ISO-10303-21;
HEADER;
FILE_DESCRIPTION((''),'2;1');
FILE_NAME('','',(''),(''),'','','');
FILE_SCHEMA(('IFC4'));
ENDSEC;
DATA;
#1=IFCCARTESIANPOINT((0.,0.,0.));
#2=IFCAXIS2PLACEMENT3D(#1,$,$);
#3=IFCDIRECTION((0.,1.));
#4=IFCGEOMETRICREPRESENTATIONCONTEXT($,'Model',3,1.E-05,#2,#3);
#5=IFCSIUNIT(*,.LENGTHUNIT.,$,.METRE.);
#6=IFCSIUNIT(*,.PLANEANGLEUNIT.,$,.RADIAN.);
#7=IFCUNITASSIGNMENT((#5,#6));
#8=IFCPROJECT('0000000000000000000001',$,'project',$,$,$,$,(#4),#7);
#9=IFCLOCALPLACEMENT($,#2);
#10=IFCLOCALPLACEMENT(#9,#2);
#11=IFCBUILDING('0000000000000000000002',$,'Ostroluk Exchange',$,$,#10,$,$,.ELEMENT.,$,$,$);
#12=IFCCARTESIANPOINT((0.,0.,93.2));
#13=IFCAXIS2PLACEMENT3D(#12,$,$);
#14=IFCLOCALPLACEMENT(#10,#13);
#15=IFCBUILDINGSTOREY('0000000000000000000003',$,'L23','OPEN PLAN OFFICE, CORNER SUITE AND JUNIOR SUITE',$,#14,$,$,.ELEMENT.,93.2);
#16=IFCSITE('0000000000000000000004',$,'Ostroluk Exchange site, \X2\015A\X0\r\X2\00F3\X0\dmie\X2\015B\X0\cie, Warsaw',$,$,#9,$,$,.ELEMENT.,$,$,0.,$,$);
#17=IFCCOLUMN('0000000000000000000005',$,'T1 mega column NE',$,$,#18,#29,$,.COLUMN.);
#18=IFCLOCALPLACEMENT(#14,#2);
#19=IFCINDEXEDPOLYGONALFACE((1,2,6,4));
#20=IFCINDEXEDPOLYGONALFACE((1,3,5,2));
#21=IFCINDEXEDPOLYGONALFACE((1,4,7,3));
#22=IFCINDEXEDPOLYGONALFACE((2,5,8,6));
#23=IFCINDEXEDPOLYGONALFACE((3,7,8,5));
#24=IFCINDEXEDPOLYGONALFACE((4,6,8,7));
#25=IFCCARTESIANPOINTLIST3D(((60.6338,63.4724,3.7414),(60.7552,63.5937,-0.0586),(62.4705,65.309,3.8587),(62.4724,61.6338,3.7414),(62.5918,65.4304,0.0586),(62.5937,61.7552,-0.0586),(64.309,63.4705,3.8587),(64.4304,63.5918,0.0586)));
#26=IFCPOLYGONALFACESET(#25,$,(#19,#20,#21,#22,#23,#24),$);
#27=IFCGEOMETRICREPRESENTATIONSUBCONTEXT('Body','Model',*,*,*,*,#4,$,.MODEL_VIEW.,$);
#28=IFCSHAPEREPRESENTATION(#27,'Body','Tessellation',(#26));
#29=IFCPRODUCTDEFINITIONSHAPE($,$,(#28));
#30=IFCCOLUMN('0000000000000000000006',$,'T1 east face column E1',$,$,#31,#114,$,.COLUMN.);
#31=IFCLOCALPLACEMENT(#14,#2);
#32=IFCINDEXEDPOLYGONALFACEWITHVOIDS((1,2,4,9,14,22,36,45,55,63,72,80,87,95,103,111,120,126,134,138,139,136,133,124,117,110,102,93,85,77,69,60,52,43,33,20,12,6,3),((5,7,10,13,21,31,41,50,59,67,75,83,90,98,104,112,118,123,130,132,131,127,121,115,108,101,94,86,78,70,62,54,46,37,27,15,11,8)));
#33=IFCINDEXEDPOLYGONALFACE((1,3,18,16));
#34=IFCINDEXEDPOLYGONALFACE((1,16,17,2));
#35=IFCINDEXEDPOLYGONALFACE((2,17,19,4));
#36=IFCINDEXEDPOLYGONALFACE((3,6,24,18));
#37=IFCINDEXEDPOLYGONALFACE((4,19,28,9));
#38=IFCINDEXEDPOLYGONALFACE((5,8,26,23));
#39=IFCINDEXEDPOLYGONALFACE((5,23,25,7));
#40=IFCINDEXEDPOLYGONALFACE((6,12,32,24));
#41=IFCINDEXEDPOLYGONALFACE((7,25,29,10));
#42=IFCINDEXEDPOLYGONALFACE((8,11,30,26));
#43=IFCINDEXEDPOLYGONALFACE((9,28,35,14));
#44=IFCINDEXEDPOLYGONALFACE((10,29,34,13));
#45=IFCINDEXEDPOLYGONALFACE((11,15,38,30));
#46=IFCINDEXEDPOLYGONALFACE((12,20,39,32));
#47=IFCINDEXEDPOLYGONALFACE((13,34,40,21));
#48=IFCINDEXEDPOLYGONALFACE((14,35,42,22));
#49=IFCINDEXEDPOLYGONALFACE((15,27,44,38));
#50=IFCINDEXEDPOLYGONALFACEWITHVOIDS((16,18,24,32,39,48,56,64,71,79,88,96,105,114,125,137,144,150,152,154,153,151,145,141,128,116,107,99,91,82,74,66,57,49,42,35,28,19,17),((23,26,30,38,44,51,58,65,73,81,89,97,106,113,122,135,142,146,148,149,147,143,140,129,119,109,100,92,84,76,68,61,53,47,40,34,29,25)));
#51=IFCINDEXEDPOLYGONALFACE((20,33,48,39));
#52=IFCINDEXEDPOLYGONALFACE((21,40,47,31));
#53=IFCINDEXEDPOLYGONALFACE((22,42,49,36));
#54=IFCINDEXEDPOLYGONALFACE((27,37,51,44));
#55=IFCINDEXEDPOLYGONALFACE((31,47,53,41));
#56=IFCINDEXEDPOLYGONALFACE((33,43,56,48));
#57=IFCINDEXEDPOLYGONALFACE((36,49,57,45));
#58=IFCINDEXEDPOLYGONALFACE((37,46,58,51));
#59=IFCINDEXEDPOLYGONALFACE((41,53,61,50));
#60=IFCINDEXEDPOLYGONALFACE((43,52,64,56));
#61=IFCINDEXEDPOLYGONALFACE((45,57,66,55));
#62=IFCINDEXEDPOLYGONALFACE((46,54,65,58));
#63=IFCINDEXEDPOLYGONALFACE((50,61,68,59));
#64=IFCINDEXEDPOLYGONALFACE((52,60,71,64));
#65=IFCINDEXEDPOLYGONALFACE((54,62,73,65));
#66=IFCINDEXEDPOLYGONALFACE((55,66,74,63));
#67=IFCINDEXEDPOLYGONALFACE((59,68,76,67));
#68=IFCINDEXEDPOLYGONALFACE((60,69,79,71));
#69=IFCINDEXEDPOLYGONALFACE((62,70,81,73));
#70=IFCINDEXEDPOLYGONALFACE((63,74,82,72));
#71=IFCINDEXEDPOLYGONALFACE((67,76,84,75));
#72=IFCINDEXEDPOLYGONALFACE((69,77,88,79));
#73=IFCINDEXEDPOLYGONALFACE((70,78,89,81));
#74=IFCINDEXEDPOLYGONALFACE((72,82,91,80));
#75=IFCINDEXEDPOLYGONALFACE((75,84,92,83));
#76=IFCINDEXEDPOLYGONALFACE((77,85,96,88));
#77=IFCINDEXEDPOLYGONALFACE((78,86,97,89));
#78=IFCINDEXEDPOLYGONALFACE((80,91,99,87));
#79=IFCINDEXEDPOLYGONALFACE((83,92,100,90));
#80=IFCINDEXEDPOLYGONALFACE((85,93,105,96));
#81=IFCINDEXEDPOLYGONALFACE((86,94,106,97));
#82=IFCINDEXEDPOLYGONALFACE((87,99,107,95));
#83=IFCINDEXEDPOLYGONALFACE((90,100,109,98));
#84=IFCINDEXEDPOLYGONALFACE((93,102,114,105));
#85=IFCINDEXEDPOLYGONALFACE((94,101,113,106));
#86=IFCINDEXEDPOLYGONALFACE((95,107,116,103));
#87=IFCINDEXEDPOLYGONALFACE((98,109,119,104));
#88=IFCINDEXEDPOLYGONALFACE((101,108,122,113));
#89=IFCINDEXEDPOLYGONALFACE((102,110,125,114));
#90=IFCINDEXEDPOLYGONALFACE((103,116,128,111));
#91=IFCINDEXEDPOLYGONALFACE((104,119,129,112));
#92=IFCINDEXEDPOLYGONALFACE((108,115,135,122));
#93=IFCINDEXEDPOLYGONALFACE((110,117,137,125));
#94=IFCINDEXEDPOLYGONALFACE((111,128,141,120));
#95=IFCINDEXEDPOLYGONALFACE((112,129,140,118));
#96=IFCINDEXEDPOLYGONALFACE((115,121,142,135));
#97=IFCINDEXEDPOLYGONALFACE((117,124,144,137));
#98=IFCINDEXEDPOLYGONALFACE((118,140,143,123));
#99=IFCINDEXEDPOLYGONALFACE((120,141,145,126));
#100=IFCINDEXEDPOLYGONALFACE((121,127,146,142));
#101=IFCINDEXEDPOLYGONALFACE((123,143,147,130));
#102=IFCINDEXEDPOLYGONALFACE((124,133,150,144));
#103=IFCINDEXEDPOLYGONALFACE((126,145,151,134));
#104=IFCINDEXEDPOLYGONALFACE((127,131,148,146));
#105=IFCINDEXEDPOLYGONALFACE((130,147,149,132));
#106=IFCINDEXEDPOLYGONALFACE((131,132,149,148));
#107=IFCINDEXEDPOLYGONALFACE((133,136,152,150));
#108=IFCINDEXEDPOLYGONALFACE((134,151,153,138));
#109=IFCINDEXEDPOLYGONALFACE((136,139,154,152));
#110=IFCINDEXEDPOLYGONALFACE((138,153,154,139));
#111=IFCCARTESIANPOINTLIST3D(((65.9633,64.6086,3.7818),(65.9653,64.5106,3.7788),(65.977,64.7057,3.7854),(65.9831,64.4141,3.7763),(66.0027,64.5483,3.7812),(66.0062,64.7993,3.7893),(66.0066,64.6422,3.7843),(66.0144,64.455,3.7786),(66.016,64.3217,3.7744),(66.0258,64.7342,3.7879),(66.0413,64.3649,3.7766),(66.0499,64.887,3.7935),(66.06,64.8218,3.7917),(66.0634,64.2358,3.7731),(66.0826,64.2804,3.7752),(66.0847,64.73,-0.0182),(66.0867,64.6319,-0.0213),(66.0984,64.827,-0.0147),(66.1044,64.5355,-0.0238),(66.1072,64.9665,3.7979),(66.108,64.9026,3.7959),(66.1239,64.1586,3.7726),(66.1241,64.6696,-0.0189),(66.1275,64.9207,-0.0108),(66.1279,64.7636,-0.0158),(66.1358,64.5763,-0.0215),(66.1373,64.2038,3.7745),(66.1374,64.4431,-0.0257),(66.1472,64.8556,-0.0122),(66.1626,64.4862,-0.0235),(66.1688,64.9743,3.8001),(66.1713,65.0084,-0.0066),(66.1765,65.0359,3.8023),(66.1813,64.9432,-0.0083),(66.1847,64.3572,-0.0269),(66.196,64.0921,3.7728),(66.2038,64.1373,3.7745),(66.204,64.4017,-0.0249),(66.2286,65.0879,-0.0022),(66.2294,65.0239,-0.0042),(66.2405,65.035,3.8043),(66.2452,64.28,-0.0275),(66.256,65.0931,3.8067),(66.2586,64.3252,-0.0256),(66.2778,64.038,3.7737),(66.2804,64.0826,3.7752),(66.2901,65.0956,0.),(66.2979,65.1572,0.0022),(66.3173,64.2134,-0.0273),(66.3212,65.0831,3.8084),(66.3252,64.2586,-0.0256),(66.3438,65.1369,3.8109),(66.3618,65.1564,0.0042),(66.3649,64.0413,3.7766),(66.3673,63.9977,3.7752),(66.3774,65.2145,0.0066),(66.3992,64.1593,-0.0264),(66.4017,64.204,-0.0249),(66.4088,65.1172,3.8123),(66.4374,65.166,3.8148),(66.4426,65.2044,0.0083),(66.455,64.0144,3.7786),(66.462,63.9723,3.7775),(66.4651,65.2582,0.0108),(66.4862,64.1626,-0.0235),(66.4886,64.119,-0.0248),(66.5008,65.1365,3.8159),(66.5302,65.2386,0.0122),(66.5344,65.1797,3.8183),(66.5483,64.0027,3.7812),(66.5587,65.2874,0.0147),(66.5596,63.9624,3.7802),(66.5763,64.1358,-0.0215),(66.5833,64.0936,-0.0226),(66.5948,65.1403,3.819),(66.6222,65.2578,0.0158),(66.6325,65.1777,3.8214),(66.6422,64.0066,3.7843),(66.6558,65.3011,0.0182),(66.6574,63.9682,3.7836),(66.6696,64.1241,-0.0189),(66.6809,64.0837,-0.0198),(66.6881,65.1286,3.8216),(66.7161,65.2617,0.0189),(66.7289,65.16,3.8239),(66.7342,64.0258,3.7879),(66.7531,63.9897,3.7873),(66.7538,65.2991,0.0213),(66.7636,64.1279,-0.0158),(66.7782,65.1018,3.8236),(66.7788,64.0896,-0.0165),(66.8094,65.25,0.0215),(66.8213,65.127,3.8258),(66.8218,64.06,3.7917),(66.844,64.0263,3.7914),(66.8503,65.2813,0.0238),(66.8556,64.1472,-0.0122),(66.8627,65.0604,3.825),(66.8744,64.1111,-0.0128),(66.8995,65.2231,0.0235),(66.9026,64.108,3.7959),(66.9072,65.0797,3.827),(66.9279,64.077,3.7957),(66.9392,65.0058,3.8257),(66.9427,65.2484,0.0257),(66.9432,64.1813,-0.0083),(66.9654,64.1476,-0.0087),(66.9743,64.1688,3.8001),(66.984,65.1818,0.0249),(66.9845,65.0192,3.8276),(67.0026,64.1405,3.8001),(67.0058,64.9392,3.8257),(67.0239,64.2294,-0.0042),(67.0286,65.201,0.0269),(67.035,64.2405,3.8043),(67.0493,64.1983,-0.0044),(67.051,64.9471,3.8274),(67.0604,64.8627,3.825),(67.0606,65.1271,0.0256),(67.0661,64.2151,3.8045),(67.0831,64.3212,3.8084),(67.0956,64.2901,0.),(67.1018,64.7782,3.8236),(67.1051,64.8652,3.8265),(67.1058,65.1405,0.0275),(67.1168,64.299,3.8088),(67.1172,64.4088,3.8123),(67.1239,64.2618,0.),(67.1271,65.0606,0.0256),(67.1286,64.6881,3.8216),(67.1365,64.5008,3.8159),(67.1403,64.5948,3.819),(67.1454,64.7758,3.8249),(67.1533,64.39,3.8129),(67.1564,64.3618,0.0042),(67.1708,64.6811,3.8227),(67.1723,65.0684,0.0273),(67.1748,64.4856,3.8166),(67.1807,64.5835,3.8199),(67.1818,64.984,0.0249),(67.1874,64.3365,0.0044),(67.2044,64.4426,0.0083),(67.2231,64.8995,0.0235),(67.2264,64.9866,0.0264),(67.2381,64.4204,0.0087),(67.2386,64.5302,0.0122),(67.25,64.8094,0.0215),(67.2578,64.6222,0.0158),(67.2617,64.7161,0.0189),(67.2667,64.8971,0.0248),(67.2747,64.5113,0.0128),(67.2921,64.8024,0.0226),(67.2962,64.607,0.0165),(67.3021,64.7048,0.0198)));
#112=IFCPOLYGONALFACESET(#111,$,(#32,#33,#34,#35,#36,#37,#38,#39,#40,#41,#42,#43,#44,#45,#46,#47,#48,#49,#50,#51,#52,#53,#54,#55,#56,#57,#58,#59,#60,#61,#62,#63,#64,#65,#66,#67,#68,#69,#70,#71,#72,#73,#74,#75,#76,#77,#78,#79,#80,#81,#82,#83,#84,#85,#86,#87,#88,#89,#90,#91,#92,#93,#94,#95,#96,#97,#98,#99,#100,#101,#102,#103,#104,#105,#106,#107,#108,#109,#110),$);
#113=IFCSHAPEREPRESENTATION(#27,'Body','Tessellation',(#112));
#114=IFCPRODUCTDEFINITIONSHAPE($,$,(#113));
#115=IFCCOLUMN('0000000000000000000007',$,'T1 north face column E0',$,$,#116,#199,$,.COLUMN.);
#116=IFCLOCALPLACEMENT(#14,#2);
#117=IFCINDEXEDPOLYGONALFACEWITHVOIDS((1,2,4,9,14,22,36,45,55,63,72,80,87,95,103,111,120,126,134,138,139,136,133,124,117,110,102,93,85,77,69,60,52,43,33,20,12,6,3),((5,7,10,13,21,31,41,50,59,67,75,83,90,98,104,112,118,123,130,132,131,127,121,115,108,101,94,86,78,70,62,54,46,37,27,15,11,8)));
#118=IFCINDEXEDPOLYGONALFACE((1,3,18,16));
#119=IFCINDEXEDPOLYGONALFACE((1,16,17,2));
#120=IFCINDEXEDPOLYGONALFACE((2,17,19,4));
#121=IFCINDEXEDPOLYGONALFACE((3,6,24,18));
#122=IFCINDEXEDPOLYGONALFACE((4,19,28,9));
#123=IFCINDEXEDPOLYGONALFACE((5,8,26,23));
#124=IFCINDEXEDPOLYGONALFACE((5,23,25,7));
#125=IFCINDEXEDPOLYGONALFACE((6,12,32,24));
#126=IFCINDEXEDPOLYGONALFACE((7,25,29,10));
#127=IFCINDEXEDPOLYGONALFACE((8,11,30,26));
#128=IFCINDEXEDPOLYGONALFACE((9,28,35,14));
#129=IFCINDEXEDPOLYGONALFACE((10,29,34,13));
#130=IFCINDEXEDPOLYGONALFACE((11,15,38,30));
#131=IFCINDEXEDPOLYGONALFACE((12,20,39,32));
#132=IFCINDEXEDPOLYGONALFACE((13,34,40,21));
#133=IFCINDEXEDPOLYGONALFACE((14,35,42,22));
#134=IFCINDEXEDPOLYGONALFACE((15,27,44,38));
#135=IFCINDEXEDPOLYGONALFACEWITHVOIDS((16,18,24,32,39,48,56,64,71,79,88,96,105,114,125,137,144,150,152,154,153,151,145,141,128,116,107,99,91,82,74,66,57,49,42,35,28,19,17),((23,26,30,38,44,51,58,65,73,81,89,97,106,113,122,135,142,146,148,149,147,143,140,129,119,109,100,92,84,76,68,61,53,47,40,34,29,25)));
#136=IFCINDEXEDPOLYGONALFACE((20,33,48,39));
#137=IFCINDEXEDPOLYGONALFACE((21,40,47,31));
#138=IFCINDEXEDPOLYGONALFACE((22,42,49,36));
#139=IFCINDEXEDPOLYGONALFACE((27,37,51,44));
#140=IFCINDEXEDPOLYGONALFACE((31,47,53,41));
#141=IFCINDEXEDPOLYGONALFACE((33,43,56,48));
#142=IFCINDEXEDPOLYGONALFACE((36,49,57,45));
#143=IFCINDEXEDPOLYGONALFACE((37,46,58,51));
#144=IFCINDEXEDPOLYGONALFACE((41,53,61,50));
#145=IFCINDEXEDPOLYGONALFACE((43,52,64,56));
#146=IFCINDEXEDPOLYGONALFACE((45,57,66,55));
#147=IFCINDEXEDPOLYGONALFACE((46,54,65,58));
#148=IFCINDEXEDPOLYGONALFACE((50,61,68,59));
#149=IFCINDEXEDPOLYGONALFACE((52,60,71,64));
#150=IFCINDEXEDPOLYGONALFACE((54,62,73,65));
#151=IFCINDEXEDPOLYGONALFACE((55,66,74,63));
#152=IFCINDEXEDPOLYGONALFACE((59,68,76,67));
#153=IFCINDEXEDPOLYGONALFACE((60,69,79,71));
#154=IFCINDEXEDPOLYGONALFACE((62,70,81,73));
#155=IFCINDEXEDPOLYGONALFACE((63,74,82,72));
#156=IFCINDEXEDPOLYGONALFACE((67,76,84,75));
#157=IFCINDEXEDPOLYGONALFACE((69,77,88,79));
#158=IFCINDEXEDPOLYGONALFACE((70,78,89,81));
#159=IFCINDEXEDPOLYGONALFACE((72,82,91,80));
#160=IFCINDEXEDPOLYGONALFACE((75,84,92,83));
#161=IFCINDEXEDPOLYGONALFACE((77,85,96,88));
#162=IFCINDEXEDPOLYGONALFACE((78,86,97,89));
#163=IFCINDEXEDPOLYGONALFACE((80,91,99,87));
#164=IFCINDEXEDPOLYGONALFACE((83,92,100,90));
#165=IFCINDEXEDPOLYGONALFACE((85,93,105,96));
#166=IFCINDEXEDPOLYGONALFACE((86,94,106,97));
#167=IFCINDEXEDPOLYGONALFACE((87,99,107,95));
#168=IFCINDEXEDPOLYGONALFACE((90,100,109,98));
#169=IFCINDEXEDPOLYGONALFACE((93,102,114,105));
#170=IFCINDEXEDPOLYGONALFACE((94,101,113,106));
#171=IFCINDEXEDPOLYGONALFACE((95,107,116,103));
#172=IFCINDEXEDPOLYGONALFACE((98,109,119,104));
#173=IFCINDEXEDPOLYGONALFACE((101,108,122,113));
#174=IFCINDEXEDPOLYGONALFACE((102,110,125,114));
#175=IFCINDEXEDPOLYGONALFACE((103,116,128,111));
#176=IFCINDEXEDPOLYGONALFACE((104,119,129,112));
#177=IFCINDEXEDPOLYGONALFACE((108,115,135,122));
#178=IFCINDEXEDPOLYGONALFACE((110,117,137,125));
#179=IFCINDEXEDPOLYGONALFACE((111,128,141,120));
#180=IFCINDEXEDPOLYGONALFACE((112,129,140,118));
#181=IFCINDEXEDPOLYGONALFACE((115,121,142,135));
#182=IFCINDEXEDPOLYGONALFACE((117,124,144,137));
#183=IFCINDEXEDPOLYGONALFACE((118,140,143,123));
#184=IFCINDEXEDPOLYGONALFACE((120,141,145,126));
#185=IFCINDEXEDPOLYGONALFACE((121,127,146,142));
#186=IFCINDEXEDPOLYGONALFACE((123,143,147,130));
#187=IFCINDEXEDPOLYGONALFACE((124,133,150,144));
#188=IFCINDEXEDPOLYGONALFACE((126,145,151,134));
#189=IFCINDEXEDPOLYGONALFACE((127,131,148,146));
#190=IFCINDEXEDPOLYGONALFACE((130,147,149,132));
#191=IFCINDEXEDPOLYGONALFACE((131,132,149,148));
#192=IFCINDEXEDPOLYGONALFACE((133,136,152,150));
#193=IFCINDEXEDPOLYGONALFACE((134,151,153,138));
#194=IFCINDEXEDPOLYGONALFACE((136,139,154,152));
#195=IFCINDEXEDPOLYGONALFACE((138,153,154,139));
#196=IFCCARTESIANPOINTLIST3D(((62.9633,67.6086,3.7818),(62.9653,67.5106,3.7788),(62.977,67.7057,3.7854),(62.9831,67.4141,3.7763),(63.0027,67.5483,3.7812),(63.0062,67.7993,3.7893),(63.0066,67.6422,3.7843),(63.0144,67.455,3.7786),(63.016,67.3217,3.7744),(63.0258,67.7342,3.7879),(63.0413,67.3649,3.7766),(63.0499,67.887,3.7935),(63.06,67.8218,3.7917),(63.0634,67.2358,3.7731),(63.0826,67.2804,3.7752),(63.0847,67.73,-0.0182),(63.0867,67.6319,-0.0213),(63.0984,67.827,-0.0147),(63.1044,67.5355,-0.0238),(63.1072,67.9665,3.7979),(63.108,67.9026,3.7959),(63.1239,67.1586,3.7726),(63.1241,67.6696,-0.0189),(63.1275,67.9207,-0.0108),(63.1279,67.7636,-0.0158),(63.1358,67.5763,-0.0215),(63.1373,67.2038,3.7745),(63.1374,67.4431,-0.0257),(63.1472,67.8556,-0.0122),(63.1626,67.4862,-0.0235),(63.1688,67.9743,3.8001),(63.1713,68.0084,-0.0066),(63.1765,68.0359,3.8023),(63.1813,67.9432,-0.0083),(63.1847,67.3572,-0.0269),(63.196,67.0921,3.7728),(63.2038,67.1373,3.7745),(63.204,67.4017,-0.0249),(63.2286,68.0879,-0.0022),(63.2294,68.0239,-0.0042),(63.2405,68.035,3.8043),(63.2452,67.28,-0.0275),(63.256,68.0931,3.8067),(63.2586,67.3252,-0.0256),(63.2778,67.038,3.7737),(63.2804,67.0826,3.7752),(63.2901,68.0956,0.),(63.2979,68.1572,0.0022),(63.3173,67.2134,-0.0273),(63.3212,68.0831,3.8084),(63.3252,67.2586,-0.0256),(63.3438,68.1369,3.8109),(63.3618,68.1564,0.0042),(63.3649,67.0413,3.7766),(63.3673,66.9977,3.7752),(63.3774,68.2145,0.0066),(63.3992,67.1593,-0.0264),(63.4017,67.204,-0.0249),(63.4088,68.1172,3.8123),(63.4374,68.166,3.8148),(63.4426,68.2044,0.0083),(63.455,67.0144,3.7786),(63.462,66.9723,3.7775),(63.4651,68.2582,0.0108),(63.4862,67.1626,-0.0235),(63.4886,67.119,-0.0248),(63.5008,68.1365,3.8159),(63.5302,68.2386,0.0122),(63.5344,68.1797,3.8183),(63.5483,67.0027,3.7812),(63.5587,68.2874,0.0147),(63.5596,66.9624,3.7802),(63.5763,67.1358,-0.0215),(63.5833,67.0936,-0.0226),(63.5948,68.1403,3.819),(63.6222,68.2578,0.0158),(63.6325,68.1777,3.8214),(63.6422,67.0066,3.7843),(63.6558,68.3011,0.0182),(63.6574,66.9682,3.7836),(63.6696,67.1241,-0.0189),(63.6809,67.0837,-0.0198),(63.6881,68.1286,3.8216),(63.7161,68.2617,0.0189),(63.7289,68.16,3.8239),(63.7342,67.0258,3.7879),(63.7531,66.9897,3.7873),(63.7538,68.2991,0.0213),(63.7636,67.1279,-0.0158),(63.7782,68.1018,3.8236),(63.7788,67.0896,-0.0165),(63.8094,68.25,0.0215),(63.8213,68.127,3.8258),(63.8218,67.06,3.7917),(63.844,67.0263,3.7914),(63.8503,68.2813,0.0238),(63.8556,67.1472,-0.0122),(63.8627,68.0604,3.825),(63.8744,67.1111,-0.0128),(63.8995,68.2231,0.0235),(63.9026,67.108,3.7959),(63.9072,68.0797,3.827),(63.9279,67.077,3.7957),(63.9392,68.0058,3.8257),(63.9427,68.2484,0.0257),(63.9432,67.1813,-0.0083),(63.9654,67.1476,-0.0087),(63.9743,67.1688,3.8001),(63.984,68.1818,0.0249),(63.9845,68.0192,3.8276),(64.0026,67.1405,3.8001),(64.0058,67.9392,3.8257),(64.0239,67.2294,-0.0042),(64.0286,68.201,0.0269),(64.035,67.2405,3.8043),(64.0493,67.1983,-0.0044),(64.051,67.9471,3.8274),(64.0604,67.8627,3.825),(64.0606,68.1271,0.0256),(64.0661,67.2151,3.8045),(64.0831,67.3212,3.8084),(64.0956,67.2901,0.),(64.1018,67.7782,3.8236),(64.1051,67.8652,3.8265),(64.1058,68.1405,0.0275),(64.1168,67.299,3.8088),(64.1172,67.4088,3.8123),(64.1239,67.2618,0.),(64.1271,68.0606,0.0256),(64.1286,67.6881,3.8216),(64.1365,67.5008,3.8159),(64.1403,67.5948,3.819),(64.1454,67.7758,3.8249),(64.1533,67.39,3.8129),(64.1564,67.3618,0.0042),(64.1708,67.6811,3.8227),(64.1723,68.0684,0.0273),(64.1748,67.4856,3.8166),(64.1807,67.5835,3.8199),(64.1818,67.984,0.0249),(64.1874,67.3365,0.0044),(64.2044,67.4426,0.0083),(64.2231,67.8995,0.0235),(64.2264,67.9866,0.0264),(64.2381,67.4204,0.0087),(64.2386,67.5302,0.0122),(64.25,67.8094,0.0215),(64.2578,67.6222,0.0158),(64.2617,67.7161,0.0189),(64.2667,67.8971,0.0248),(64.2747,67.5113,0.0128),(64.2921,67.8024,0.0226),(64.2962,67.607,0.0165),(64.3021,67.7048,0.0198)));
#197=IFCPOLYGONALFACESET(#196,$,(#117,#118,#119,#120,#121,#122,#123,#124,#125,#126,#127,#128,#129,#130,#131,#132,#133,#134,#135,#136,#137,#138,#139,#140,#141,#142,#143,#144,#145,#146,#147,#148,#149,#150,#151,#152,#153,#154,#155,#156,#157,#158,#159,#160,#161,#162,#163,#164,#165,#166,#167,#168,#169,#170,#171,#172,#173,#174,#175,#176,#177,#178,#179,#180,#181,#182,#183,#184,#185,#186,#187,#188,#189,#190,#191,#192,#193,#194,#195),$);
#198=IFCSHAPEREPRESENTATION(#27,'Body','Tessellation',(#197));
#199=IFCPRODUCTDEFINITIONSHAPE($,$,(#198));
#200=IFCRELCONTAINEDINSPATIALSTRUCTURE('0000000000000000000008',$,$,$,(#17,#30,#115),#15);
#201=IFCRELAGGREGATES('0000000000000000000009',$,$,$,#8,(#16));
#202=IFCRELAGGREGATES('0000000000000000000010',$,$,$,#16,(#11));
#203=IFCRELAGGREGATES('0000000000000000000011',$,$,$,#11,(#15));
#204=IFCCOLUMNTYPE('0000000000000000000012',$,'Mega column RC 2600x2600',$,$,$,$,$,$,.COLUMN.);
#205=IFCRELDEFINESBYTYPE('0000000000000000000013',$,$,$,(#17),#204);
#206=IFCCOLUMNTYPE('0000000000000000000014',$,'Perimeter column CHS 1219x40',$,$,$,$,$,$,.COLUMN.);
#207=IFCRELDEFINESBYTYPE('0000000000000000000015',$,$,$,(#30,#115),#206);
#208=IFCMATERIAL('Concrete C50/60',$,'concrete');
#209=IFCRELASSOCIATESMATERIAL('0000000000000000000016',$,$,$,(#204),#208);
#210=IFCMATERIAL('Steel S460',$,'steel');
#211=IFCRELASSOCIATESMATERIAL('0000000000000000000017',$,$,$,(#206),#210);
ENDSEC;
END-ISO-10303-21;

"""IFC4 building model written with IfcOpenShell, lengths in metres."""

from ifc_helpers import new_model, si_unit, direction, frame, origin, origin_2d, place, context, subcontext, project, spatial, rectangle, hollow_circle, extrude, material, material_profile, profile_set, type_object, element, save


model = new_model("IFC4")

# Units and contexts
model_context = context("Model", 3, precision=1e-05, world=origin(), true_north=direction((0.0, 1.0)))
body_context = subcontext(model_context, "Body", "Model", "MODEL_VIEW")
ifc_project = project(units=[si_unit("LENGTHUNIT", "METRE"), si_unit("PLANEANGLEUNIT", "RADIAN")], contexts=[model_context])

# Site, building, storey
site_placement = place(None, origin())
site = spatial("IfcSite", under=ifc_project, at=site_placement, Name="Ostroluk Exchange site, Śródmieście, Warsaw", CompositionType="ELEMENT", RefElevation=0.0)
building_placement = place(site_placement, origin())
building = spatial("IfcBuilding", under=site, at=building_placement, Name="Ostroluk Exchange", CompositionType="ELEMENT")
storey_placement = place(building_placement, frame((0.0, 0.0, 93.2)))
storey = spatial("IfcBuildingStorey", under=building, at=storey_placement, Name="L23", Description="OPEN PLAN OFFICE, CORNER SUITE AND JUNIOR SUITE", CompositionType="ELEMENT", Elevation=93.2)

# Columns
ifc_material_1 = material(Name="Concrete C50/60", Category="concrete")
ifc_material_profile_1 = material_profile(ifc_material_1, rectangle(XDim=2.6001, YDim=2.6001, at=origin_2d()), Name="RC 2600x2600")
ifc_profile_set_1 = profile_set([ifc_material_profile_1], Name="Concrete C50/60")
column_type_1 = type_object("IfcColumnType", Name="Mega column RC 2600x2600", PredefinedType="COLUMN", material=ifc_profile_set_1)
column_placement = place(storey_placement, frame((62.5928, 63.5928, 0.0), z_axis=(-0.031898, -0.031898, 0.998982), x_axis=(0.707107, -0.707107, 0.0)))
element("IfcColumn", 1, at=column_placement, inside=storey, type_object=column_type_1, Name="T1 mega column NE", PredefinedType="COLUMN", context=body_context, shape_type="SweptSolid", body=[
    extrude(rectangle(XDim=2.6001, YDim=2.6001, at=origin_2d()), origin(), (0.0, 0.0, 1.0), 3.804),
])
ifc_material_2 = material(Name="Steel S460", Category="steel")
ifc_material_profile_2 = material_profile(ifc_material_2, hollow_circle(Radius=0.6096, WallThickness=0.04, at=origin_2d()), Name="CHS 1219x40")
ifc_profile_set_2 = profile_set([ifc_material_profile_2], Name="Steel S460")
column_type_2 = type_object("IfcColumnType", Name="Perimeter column CHS 1219x40", PredefinedType="COLUMN", material=ifc_profile_set_2)
for number, where, z_axis, x_axis, name in (
    (2, (66.6929, 64.6929, 0.0), (-0.031898, -0.031898, 0.998982), (0.707107, -0.707107, 0.0), "T1 east face column E1"),
    (3, (63.6929, 67.6929, 0.0), (-0.031898, -0.031898, 0.998982), (0.707107, -0.707107, 0.0), "T1 north face column E0"),
):
    element("IfcColumn", number, at=place(storey_placement, frame(where, z_axis=z_axis, x_axis=x_axis)), inside=storey, type_object=column_type_2, Name=name, PredefinedType="COLUMN", context=body_context, shape_type="SweptSolid", body=[
        extrude(hollow_circle(Radius=0.6096, WallThickness=0.04, at=origin_2d()), origin(), (0.0, 0.0, 1.0), 3.804),
    ])

save(model, "model.ifc")
